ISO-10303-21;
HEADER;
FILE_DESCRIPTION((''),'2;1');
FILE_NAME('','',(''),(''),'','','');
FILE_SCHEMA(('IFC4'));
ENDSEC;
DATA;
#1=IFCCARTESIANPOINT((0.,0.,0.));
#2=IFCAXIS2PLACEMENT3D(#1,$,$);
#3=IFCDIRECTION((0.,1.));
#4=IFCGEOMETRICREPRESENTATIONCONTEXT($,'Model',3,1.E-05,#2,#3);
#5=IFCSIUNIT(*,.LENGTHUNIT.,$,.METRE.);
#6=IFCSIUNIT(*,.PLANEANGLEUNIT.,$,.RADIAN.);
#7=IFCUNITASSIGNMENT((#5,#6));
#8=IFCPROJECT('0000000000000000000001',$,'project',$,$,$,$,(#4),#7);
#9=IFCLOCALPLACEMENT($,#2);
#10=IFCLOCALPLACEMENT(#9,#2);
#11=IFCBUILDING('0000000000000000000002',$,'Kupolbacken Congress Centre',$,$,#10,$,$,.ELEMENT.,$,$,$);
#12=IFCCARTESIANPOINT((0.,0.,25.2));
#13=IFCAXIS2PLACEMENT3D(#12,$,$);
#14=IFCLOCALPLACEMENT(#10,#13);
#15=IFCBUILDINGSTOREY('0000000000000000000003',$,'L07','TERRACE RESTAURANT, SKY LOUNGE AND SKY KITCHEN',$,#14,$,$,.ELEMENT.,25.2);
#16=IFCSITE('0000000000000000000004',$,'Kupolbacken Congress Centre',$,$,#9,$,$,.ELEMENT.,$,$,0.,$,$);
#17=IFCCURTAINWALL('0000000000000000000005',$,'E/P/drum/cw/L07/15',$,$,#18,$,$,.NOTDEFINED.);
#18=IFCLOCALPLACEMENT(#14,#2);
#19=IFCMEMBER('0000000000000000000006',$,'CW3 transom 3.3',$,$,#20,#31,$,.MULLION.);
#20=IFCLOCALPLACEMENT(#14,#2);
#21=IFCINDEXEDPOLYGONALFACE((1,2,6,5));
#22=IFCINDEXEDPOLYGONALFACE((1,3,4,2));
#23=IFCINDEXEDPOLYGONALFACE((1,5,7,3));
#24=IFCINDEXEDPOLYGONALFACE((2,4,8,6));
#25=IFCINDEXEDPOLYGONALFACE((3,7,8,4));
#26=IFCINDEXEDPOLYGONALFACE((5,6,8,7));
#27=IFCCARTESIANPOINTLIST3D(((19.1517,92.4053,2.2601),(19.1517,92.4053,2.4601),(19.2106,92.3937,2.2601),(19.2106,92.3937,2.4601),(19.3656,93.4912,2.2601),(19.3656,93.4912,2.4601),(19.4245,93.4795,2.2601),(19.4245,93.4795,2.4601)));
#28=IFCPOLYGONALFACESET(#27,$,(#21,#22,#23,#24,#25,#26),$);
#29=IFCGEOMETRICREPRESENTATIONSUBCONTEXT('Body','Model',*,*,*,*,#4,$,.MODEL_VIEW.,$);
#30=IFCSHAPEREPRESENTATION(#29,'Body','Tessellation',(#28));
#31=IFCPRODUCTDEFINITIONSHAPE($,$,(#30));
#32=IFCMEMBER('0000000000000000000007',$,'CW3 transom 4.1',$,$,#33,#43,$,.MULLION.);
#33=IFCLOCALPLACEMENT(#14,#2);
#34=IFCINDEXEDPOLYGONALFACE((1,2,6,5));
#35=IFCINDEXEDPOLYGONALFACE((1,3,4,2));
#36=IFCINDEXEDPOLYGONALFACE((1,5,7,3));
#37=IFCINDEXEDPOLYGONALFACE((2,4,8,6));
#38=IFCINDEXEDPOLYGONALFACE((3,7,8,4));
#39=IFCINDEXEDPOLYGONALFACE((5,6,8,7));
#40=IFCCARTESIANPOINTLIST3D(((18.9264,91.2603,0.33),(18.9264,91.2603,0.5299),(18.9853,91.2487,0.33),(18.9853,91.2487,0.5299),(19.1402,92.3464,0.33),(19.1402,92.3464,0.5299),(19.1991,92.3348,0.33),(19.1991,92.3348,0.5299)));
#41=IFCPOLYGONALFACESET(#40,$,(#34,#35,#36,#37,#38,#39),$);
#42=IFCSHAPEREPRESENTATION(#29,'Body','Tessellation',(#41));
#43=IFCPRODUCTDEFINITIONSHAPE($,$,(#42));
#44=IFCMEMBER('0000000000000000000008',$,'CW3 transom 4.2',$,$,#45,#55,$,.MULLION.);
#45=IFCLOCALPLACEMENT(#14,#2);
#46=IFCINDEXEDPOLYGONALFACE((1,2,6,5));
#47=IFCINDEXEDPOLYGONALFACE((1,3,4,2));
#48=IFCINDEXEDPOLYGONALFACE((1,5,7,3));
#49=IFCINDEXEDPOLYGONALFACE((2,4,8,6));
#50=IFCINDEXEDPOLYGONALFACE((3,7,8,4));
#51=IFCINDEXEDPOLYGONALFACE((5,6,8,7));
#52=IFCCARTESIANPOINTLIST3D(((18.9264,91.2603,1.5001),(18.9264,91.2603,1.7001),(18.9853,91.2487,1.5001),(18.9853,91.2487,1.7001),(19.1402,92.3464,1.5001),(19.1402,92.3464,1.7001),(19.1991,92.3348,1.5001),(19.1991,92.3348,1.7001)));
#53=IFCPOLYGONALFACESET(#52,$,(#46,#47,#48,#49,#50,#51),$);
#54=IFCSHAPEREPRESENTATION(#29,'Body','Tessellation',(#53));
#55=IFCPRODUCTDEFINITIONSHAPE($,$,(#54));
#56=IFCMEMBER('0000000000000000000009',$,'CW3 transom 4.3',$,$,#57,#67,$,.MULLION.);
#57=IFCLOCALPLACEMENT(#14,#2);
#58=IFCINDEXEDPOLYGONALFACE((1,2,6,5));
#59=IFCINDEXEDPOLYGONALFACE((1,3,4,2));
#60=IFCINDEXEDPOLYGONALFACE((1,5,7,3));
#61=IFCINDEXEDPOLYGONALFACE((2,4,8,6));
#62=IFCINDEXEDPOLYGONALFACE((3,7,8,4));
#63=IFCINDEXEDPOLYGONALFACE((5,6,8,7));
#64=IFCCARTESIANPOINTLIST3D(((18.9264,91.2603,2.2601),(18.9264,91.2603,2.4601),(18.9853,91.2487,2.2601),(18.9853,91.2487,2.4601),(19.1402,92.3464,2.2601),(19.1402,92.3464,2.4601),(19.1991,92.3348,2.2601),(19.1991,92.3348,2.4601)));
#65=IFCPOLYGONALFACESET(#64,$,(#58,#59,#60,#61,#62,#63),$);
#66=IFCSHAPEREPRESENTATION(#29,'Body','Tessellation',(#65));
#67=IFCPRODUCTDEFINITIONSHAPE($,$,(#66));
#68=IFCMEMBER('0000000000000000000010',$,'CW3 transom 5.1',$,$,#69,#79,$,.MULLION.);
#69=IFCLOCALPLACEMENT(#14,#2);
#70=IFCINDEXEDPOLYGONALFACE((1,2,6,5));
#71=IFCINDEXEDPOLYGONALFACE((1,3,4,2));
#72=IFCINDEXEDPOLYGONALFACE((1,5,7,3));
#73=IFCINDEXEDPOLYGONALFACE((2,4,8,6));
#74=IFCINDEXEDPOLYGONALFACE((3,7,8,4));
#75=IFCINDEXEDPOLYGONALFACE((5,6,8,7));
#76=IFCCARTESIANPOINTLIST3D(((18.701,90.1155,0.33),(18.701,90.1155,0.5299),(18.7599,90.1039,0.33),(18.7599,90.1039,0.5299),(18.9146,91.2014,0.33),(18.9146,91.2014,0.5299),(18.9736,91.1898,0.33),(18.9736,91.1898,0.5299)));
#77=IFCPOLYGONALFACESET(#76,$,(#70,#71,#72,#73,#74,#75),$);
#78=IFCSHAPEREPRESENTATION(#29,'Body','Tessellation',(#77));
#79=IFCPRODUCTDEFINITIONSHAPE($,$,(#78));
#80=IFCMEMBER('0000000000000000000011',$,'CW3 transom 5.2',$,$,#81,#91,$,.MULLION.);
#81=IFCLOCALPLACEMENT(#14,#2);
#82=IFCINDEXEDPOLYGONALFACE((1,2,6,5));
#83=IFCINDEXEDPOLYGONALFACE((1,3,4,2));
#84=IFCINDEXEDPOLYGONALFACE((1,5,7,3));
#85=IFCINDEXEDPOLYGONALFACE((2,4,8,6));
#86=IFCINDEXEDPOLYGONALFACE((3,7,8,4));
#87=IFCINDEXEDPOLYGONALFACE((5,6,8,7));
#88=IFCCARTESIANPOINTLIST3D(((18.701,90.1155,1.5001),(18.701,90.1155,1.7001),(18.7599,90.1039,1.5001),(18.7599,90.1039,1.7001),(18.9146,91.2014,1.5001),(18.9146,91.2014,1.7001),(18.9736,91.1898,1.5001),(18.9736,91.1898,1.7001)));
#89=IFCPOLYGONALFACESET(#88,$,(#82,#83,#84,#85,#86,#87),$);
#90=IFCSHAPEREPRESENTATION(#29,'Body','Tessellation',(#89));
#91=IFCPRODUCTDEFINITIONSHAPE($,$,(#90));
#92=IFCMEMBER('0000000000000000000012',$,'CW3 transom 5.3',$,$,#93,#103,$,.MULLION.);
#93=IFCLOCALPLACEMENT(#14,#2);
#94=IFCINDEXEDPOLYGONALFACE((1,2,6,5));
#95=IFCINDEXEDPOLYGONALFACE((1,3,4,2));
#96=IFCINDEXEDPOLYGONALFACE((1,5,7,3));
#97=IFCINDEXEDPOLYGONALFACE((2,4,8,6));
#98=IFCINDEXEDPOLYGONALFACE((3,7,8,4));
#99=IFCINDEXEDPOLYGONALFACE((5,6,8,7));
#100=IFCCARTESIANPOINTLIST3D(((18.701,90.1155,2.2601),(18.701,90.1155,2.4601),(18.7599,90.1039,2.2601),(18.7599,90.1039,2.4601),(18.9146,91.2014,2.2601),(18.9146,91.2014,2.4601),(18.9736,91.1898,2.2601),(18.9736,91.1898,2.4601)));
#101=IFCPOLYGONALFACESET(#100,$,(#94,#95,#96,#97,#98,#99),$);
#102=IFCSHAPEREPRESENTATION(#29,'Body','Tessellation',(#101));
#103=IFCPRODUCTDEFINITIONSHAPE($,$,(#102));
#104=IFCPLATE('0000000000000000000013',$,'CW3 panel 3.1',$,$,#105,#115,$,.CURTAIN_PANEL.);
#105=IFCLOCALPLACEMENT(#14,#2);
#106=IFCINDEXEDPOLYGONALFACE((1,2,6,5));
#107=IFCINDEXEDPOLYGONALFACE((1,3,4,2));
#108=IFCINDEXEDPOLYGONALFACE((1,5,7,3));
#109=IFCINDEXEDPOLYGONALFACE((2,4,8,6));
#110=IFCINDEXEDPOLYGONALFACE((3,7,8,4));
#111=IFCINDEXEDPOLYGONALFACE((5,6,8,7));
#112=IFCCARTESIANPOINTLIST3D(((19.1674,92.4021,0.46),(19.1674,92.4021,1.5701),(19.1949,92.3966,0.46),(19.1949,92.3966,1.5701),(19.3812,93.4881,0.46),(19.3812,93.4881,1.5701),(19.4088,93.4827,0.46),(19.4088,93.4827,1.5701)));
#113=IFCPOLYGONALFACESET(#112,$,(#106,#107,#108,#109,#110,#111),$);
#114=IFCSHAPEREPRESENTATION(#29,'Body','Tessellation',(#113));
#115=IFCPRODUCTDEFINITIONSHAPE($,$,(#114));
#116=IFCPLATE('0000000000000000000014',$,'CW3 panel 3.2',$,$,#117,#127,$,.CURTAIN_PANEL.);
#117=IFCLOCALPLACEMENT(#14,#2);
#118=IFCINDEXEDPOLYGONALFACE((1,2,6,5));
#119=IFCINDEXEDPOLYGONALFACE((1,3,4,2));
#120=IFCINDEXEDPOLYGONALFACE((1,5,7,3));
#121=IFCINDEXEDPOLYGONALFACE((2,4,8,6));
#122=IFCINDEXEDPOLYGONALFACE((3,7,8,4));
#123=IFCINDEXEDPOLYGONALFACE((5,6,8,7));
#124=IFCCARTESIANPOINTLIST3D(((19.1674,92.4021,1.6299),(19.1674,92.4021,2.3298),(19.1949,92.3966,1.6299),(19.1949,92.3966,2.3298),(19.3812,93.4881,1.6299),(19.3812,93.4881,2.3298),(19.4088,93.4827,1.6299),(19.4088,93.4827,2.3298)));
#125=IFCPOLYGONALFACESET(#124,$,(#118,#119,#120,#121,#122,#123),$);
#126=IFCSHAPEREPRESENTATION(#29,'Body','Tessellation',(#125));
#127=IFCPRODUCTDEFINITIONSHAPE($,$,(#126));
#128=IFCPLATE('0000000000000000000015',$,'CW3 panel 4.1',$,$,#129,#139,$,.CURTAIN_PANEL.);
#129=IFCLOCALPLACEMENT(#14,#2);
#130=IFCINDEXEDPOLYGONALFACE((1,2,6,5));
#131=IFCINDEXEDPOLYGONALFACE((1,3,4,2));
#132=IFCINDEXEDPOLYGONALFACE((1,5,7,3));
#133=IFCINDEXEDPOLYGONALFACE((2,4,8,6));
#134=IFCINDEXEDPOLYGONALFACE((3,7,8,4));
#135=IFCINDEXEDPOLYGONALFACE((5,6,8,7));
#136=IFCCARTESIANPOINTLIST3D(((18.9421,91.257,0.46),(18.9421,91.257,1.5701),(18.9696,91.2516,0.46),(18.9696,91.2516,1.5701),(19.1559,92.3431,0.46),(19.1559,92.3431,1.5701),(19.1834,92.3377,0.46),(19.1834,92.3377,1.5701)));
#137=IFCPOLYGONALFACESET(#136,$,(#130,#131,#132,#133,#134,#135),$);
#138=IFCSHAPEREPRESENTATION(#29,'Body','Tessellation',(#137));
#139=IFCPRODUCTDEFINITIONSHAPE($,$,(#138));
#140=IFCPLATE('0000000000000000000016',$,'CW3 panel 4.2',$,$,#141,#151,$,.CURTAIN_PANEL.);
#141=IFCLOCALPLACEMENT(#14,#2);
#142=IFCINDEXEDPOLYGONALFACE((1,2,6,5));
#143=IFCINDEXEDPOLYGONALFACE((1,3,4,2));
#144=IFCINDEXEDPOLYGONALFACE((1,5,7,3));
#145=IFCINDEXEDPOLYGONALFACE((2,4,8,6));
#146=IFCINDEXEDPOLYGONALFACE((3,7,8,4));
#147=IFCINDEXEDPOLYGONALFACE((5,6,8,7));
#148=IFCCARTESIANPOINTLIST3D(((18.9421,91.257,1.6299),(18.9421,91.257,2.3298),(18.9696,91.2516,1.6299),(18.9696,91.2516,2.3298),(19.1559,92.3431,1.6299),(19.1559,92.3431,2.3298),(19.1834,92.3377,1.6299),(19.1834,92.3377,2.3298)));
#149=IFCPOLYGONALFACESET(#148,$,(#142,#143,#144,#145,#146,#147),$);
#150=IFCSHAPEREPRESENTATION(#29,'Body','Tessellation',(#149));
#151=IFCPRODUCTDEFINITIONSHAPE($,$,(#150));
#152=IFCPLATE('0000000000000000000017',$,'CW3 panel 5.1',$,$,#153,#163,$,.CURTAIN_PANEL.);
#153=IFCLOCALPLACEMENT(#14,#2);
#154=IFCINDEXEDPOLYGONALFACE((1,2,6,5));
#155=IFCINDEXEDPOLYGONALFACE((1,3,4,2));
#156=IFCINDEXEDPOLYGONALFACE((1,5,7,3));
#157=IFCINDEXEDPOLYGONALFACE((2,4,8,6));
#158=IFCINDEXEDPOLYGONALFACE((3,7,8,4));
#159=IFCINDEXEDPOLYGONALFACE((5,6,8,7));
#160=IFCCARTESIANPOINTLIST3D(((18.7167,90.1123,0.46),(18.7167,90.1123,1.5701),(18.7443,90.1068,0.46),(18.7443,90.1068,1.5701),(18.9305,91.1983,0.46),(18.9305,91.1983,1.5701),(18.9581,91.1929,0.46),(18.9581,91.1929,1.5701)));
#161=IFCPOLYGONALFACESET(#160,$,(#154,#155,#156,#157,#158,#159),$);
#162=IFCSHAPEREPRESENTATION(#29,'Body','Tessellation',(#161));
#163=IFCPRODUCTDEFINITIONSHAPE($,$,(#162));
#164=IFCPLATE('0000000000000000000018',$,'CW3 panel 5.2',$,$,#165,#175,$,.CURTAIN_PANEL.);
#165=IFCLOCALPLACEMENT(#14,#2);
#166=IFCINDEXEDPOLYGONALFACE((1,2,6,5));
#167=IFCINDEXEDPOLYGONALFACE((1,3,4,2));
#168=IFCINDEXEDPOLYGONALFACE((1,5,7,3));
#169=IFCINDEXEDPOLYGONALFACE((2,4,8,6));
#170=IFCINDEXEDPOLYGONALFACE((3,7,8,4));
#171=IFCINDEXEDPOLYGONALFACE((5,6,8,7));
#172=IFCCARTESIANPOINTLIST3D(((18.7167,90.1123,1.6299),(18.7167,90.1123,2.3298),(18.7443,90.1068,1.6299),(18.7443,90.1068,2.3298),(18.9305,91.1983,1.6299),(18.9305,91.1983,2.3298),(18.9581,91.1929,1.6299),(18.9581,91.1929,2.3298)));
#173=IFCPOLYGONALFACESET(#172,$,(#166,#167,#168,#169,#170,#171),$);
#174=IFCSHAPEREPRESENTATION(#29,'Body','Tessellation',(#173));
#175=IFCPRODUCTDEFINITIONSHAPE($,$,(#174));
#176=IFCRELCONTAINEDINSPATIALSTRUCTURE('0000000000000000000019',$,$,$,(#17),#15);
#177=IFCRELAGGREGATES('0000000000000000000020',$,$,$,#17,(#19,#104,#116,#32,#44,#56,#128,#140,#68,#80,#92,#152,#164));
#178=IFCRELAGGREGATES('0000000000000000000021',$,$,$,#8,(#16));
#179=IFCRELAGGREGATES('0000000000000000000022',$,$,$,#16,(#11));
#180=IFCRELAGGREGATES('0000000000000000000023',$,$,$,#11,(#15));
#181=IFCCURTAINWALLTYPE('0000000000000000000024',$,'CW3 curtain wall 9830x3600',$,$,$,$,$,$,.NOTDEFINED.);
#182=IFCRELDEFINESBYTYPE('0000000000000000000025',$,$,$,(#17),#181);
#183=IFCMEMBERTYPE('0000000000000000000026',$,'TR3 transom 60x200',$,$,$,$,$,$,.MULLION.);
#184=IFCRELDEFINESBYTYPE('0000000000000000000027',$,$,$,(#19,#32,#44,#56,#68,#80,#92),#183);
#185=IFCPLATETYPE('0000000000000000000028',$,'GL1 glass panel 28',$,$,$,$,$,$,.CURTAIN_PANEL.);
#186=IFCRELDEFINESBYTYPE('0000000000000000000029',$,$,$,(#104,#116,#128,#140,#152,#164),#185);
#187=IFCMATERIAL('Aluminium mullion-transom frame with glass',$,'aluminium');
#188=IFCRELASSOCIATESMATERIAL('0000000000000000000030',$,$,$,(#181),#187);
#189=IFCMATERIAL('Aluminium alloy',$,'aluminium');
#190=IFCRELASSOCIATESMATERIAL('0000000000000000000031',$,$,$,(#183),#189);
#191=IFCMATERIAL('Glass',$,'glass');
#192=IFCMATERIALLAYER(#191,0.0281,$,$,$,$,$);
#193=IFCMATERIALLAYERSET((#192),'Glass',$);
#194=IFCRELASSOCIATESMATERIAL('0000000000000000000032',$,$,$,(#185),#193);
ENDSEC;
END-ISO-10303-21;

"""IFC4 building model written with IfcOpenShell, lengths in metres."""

from ifc_helpers import new_model, si_unit, direction, frame, origin, origin_2d, place, context, subcontext, project, spatial, rectangle, extrude, material, layer, layer_set, material_profile, profile_set, type_object, element, aggregate, save


model = new_model("IFC4")

# Units and contexts
model_context = context("Model", 3, precision=1e-05, world=origin(), true_north=direction((0.0, 1.0)))
body_context = subcontext(model_context, "Body", "Model", "MODEL_VIEW")
ifc_project = project(units=[si_unit("LENGTHUNIT", "METRE"), si_unit("PLANEANGLEUNIT", "RADIAN")], contexts=[model_context])

# Site, building, storey
site_placement = place(None, origin())
site = spatial("IfcSite", under=ifc_project, at=site_placement, Name="Kupolbacken Congress Centre", CompositionType="ELEMENT", RefElevation=0.0)
building_placement = place(site_placement, origin())
building = spatial("IfcBuilding", under=site, at=building_placement, Name="Kupolbacken Congress Centre", CompositionType="ELEMENT")
storey_placement = place(building_placement, frame((0.0, 0.0, 25.2)))
storey = spatial("IfcBuildingStorey", under=building, at=storey_placement, Name="L07", Description="TERRACE RESTAURANT, SKY LOUNGE AND SKY KITCHEN", CompositionType="ELEMENT", Elevation=25.2)

# Curtain wall, members, plates
ifc_material_1 = material(Name="Aluminium mullion-transom frame with glass", Category="aluminium")
curtain_wall_type = type_object("IfcCurtainWallType", Name="CW3 curtain wall 9830x3600", PredefinedType="NOTDEFINED", material=ifc_material_1)
curtain_wall_placement = place(storey_placement, origin())
curtain_wall = element("IfcCurtainWall", 1, at=curtain_wall_placement, inside=storey, type_object=curtain_wall_type, Name="E/P/drum/cw/L07/15", PredefinedType="NOTDEFINED")
ifc_material_2 = material(Name="Aluminium alloy", Category="aluminium")
ifc_material_profile_1 = material_profile(ifc_material_2, rectangle(XDim=0.0601, YDim=0.2, at=origin_2d()), Name="60 x 200")
ifc_profile_set_1 = profile_set([ifc_material_profile_1], Name="Aluminium alloy")
member_type_1 = type_object("IfcMemberType", Name="TR3 transom 60x200", PredefinedType="MULLION", material=ifc_profile_set_1)
member_1_placement = place(storey_placement, frame((19.395, 93.4854, 2.3601), z_axis=(-0.193231, -0.981153, 0.0), x_axis=(0.981153, -0.193231, 0.0)))
member_1 = element("IfcMember", 2, at=member_1_placement, type_object=member_type_1, Name="CW3 transom 3.3", PredefinedType="MULLION", context=body_context, shape_type="SweptSolid", body=[
    extrude(rectangle(XDim=0.0601, YDim=0.2, at=origin_2d()), origin(), (0.0, 0.0, 1.0), 1.1067),
])
member_2_placement = place(storey_placement, frame((19.1697, 92.3406, 0.4299), z_axis=(-0.193189, -0.981162, 0.0), x_axis=(0.981162, -0.193189, 0.0)))
member_2 = element("IfcMember", 3, at=member_2_placement, type_object=member_type_1, Name="CW3 transom 4.1", PredefinedType="MULLION", context=body_context, shape_type="SweptSolid", body=[
    extrude(rectangle(XDim=0.0601, YDim=0.2, at=origin_2d()), origin(), (0.0, 0.0, 1.0), 1.1069),
])
member_3_placement = place(storey_placement, frame((19.1697, 92.3406, 1.6001), z_axis=(-0.193189, -0.981162, 0.0), x_axis=(0.981162, -0.193189, 0.0)))
member_3 = element("IfcMember", 4, at=member_3_placement, type_object=member_type_1, Name="CW3 transom 4.2", PredefinedType="MULLION", context=body_context, shape_type="SweptSolid", body=[
    extrude(rectangle(XDim=0.0601, YDim=0.2, at=origin_2d()), origin(), (0.0, 0.0, 1.0), 1.1069),
])
member_4_placement = place(storey_placement, frame((19.1697, 92.3406, 2.3601), z_axis=(-0.193189, -0.981162, 0.0), x_axis=(0.981162, -0.193189, 0.0)))
member_4 = element("IfcMember", 5, at=member_4_placement, type_object=member_type_1, Name="CW3 transom 4.3", PredefinedType="MULLION", context=body_context, shape_type="SweptSolid", body=[
    extrude(rectangle(XDim=0.0601, YDim=0.2, at=origin_2d()), origin(), (0.0, 0.0, 1.0), 1.1069),
])
member_5_placement = place(storey_placement, frame((18.9441, 91.1956, 0.4299), z_axis=(-0.193018, -0.981195, 0.0), x_axis=(0.981195, -0.193018, 0.0)))
member_5 = element("IfcMember", 6, at=member_5_placement, type_object=member_type_1, Name="CW3 transom 5.1", PredefinedType="MULLION", context=body_context, shape_type="SweptSolid", body=[
    extrude(rectangle(XDim=0.0601, YDim=0.2, at=origin_2d()), origin(), (0.0, 0.0, 1.0), 1.1067),
])
member_6_placement = place(storey_placement, frame((18.9441, 91.1956, 1.6001), z_axis=(-0.193018, -0.981195, 0.0), x_axis=(0.981195, -0.193018, 0.0)))
member_6 = element("IfcMember", 7, at=member_6_placement, type_object=member_type_1, Name="CW3 transom 5.2", PredefinedType="MULLION", context=body_context, shape_type="SweptSolid", body=[
    extrude(rectangle(XDim=0.0601, YDim=0.2, at=origin_2d()), origin(), (0.0, 0.0, 1.0), 1.1067),
])
member_7_placement = place(storey_placement, frame((18.9441, 91.1956, 2.3601), z_axis=(-0.193018, -0.981195, 0.0), x_axis=(0.981195, -0.193018, 0.0)))
member_7 = element("IfcMember", 8, at=member_7_placement, type_object=member_type_1, Name="CW3 transom 5.3", PredefinedType="MULLION", context=body_context, shape_type="SweptSolid", body=[
    extrude(rectangle(XDim=0.0601, YDim=0.2, at=origin_2d()), origin(), (0.0, 0.0, 1.0), 1.1067),
])
ifc_material_3 = material(Name="Glass", Category="glass")
ifc_layer = layer(ifc_material_3, 0.0281)
ifc_layer_set = layer_set([ifc_layer], Name="Glass")
plate_type = type_object("IfcPlateType", Name="GL1 glass panel 28", PredefinedType="CURTAIN_PANEL", material=ifc_layer_set)
plate_1_placement = place(storey_placement, frame((19.2881, 92.9424, 0.46), z_axis=(0.0, 0.0, 1.0), x_axis=(-0.193182, -0.981163, 0.0)))
plate_1 = element("IfcPlate", 9, at=plate_1_placement, type_object=plate_type, Name="CW3 panel 3.1", PredefinedType="CURTAIN_PANEL", context=body_context, shape_type="SweptSolid", body=[
    extrude(rectangle(XDim=1.1069, YDim=0.0281, at=origin_2d()), origin(), (0.0, 0.0, 1.0), 1.1101),
])
plate_2_placement = place(storey_placement, frame((19.2881, 92.9424, 1.6299), z_axis=(0.0, 0.0, 1.0), x_axis=(-0.193182, -0.981163, 0.0)))
plate_2 = element("IfcPlate", 10, at=plate_2_placement, type_object=plate_type, Name="CW3 panel 3.2", PredefinedType="CURTAIN_PANEL", context=body_context, shape_type="SweptSolid", body=[
    extrude(rectangle(XDim=1.1069, YDim=0.0281, at=origin_2d()), origin(), (0.0, 0.0, 1.0), 0.7),
])
plate_3_placement = place(storey_placement, frame((19.0627, 91.7974, 0.46), z_axis=(0.0, 0.0, 1.0), x_axis=(-0.193182, -0.981163, 0.0)))
plate_3 = element("IfcPlate", 11, at=plate_3_placement, type_object=plate_type, Name="CW3 panel 4.1", PredefinedType="CURTAIN_PANEL", context=body_context, shape_type="SweptSolid", body=[
    extrude(rectangle(XDim=1.1069, YDim=0.0281, at=origin_2d()), origin(), (0.0, 0.0, 1.0), 1.1101),
])
plate_4_placement = place(storey_placement, frame((19.0627, 91.7974, 1.6299), z_axis=(0.0, 0.0, 1.0), x_axis=(-0.193182, -0.981163, 0.0)))
plate_4 = element("IfcPlate", 12, at=plate_4_placement, type_object=plate_type, Name="CW3 panel 4.2", PredefinedType="CURTAIN_PANEL", context=body_context, shape_type="SweptSolid", body=[
    extrude(rectangle(XDim=1.1069, YDim=0.0281, at=origin_2d()), origin(), (0.0, 0.0, 1.0), 0.7),
])
plate_5_placement = place(storey_placement, frame((18.8374, 90.6526, 0.46), z_axis=(0.0, 0.0, 1.0), x_axis=(-0.193182, -0.981163, 0.0)))
plate_5 = element("IfcPlate", 13, at=plate_5_placement, type_object=plate_type, Name="CW3 panel 5.1", PredefinedType="CURTAIN_PANEL", context=body_context, shape_type="SweptSolid", body=[
    extrude(rectangle(XDim=1.1069, YDim=0.0281, at=origin_2d()), origin(), (0.0, 0.0, 1.0), 1.1101),
])
plate_6_placement = place(storey_placement, frame((18.8374, 90.6526, 1.6299), z_axis=(0.0, 0.0, 1.0), x_axis=(-0.193182, -0.981163, 0.0)))
plate_6 = element("IfcPlate", 14, at=plate_6_placement, type_object=plate_type, Name="CW3 panel 5.2", PredefinedType="CURTAIN_PANEL", context=body_context, shape_type="SweptSolid", body=[
    extrude(rectangle(XDim=1.1069, YDim=0.0281, at=origin_2d()), origin(), (0.0, 0.0, 1.0), 0.7),
])
aggregate(curtain_wall, [member_1, plate_1, plate_2, member_2, member_3, member_4, plate_3, plate_4, member_5, member_6, member_7, plate_5, plate_6])

save(model, "model.ifc")
